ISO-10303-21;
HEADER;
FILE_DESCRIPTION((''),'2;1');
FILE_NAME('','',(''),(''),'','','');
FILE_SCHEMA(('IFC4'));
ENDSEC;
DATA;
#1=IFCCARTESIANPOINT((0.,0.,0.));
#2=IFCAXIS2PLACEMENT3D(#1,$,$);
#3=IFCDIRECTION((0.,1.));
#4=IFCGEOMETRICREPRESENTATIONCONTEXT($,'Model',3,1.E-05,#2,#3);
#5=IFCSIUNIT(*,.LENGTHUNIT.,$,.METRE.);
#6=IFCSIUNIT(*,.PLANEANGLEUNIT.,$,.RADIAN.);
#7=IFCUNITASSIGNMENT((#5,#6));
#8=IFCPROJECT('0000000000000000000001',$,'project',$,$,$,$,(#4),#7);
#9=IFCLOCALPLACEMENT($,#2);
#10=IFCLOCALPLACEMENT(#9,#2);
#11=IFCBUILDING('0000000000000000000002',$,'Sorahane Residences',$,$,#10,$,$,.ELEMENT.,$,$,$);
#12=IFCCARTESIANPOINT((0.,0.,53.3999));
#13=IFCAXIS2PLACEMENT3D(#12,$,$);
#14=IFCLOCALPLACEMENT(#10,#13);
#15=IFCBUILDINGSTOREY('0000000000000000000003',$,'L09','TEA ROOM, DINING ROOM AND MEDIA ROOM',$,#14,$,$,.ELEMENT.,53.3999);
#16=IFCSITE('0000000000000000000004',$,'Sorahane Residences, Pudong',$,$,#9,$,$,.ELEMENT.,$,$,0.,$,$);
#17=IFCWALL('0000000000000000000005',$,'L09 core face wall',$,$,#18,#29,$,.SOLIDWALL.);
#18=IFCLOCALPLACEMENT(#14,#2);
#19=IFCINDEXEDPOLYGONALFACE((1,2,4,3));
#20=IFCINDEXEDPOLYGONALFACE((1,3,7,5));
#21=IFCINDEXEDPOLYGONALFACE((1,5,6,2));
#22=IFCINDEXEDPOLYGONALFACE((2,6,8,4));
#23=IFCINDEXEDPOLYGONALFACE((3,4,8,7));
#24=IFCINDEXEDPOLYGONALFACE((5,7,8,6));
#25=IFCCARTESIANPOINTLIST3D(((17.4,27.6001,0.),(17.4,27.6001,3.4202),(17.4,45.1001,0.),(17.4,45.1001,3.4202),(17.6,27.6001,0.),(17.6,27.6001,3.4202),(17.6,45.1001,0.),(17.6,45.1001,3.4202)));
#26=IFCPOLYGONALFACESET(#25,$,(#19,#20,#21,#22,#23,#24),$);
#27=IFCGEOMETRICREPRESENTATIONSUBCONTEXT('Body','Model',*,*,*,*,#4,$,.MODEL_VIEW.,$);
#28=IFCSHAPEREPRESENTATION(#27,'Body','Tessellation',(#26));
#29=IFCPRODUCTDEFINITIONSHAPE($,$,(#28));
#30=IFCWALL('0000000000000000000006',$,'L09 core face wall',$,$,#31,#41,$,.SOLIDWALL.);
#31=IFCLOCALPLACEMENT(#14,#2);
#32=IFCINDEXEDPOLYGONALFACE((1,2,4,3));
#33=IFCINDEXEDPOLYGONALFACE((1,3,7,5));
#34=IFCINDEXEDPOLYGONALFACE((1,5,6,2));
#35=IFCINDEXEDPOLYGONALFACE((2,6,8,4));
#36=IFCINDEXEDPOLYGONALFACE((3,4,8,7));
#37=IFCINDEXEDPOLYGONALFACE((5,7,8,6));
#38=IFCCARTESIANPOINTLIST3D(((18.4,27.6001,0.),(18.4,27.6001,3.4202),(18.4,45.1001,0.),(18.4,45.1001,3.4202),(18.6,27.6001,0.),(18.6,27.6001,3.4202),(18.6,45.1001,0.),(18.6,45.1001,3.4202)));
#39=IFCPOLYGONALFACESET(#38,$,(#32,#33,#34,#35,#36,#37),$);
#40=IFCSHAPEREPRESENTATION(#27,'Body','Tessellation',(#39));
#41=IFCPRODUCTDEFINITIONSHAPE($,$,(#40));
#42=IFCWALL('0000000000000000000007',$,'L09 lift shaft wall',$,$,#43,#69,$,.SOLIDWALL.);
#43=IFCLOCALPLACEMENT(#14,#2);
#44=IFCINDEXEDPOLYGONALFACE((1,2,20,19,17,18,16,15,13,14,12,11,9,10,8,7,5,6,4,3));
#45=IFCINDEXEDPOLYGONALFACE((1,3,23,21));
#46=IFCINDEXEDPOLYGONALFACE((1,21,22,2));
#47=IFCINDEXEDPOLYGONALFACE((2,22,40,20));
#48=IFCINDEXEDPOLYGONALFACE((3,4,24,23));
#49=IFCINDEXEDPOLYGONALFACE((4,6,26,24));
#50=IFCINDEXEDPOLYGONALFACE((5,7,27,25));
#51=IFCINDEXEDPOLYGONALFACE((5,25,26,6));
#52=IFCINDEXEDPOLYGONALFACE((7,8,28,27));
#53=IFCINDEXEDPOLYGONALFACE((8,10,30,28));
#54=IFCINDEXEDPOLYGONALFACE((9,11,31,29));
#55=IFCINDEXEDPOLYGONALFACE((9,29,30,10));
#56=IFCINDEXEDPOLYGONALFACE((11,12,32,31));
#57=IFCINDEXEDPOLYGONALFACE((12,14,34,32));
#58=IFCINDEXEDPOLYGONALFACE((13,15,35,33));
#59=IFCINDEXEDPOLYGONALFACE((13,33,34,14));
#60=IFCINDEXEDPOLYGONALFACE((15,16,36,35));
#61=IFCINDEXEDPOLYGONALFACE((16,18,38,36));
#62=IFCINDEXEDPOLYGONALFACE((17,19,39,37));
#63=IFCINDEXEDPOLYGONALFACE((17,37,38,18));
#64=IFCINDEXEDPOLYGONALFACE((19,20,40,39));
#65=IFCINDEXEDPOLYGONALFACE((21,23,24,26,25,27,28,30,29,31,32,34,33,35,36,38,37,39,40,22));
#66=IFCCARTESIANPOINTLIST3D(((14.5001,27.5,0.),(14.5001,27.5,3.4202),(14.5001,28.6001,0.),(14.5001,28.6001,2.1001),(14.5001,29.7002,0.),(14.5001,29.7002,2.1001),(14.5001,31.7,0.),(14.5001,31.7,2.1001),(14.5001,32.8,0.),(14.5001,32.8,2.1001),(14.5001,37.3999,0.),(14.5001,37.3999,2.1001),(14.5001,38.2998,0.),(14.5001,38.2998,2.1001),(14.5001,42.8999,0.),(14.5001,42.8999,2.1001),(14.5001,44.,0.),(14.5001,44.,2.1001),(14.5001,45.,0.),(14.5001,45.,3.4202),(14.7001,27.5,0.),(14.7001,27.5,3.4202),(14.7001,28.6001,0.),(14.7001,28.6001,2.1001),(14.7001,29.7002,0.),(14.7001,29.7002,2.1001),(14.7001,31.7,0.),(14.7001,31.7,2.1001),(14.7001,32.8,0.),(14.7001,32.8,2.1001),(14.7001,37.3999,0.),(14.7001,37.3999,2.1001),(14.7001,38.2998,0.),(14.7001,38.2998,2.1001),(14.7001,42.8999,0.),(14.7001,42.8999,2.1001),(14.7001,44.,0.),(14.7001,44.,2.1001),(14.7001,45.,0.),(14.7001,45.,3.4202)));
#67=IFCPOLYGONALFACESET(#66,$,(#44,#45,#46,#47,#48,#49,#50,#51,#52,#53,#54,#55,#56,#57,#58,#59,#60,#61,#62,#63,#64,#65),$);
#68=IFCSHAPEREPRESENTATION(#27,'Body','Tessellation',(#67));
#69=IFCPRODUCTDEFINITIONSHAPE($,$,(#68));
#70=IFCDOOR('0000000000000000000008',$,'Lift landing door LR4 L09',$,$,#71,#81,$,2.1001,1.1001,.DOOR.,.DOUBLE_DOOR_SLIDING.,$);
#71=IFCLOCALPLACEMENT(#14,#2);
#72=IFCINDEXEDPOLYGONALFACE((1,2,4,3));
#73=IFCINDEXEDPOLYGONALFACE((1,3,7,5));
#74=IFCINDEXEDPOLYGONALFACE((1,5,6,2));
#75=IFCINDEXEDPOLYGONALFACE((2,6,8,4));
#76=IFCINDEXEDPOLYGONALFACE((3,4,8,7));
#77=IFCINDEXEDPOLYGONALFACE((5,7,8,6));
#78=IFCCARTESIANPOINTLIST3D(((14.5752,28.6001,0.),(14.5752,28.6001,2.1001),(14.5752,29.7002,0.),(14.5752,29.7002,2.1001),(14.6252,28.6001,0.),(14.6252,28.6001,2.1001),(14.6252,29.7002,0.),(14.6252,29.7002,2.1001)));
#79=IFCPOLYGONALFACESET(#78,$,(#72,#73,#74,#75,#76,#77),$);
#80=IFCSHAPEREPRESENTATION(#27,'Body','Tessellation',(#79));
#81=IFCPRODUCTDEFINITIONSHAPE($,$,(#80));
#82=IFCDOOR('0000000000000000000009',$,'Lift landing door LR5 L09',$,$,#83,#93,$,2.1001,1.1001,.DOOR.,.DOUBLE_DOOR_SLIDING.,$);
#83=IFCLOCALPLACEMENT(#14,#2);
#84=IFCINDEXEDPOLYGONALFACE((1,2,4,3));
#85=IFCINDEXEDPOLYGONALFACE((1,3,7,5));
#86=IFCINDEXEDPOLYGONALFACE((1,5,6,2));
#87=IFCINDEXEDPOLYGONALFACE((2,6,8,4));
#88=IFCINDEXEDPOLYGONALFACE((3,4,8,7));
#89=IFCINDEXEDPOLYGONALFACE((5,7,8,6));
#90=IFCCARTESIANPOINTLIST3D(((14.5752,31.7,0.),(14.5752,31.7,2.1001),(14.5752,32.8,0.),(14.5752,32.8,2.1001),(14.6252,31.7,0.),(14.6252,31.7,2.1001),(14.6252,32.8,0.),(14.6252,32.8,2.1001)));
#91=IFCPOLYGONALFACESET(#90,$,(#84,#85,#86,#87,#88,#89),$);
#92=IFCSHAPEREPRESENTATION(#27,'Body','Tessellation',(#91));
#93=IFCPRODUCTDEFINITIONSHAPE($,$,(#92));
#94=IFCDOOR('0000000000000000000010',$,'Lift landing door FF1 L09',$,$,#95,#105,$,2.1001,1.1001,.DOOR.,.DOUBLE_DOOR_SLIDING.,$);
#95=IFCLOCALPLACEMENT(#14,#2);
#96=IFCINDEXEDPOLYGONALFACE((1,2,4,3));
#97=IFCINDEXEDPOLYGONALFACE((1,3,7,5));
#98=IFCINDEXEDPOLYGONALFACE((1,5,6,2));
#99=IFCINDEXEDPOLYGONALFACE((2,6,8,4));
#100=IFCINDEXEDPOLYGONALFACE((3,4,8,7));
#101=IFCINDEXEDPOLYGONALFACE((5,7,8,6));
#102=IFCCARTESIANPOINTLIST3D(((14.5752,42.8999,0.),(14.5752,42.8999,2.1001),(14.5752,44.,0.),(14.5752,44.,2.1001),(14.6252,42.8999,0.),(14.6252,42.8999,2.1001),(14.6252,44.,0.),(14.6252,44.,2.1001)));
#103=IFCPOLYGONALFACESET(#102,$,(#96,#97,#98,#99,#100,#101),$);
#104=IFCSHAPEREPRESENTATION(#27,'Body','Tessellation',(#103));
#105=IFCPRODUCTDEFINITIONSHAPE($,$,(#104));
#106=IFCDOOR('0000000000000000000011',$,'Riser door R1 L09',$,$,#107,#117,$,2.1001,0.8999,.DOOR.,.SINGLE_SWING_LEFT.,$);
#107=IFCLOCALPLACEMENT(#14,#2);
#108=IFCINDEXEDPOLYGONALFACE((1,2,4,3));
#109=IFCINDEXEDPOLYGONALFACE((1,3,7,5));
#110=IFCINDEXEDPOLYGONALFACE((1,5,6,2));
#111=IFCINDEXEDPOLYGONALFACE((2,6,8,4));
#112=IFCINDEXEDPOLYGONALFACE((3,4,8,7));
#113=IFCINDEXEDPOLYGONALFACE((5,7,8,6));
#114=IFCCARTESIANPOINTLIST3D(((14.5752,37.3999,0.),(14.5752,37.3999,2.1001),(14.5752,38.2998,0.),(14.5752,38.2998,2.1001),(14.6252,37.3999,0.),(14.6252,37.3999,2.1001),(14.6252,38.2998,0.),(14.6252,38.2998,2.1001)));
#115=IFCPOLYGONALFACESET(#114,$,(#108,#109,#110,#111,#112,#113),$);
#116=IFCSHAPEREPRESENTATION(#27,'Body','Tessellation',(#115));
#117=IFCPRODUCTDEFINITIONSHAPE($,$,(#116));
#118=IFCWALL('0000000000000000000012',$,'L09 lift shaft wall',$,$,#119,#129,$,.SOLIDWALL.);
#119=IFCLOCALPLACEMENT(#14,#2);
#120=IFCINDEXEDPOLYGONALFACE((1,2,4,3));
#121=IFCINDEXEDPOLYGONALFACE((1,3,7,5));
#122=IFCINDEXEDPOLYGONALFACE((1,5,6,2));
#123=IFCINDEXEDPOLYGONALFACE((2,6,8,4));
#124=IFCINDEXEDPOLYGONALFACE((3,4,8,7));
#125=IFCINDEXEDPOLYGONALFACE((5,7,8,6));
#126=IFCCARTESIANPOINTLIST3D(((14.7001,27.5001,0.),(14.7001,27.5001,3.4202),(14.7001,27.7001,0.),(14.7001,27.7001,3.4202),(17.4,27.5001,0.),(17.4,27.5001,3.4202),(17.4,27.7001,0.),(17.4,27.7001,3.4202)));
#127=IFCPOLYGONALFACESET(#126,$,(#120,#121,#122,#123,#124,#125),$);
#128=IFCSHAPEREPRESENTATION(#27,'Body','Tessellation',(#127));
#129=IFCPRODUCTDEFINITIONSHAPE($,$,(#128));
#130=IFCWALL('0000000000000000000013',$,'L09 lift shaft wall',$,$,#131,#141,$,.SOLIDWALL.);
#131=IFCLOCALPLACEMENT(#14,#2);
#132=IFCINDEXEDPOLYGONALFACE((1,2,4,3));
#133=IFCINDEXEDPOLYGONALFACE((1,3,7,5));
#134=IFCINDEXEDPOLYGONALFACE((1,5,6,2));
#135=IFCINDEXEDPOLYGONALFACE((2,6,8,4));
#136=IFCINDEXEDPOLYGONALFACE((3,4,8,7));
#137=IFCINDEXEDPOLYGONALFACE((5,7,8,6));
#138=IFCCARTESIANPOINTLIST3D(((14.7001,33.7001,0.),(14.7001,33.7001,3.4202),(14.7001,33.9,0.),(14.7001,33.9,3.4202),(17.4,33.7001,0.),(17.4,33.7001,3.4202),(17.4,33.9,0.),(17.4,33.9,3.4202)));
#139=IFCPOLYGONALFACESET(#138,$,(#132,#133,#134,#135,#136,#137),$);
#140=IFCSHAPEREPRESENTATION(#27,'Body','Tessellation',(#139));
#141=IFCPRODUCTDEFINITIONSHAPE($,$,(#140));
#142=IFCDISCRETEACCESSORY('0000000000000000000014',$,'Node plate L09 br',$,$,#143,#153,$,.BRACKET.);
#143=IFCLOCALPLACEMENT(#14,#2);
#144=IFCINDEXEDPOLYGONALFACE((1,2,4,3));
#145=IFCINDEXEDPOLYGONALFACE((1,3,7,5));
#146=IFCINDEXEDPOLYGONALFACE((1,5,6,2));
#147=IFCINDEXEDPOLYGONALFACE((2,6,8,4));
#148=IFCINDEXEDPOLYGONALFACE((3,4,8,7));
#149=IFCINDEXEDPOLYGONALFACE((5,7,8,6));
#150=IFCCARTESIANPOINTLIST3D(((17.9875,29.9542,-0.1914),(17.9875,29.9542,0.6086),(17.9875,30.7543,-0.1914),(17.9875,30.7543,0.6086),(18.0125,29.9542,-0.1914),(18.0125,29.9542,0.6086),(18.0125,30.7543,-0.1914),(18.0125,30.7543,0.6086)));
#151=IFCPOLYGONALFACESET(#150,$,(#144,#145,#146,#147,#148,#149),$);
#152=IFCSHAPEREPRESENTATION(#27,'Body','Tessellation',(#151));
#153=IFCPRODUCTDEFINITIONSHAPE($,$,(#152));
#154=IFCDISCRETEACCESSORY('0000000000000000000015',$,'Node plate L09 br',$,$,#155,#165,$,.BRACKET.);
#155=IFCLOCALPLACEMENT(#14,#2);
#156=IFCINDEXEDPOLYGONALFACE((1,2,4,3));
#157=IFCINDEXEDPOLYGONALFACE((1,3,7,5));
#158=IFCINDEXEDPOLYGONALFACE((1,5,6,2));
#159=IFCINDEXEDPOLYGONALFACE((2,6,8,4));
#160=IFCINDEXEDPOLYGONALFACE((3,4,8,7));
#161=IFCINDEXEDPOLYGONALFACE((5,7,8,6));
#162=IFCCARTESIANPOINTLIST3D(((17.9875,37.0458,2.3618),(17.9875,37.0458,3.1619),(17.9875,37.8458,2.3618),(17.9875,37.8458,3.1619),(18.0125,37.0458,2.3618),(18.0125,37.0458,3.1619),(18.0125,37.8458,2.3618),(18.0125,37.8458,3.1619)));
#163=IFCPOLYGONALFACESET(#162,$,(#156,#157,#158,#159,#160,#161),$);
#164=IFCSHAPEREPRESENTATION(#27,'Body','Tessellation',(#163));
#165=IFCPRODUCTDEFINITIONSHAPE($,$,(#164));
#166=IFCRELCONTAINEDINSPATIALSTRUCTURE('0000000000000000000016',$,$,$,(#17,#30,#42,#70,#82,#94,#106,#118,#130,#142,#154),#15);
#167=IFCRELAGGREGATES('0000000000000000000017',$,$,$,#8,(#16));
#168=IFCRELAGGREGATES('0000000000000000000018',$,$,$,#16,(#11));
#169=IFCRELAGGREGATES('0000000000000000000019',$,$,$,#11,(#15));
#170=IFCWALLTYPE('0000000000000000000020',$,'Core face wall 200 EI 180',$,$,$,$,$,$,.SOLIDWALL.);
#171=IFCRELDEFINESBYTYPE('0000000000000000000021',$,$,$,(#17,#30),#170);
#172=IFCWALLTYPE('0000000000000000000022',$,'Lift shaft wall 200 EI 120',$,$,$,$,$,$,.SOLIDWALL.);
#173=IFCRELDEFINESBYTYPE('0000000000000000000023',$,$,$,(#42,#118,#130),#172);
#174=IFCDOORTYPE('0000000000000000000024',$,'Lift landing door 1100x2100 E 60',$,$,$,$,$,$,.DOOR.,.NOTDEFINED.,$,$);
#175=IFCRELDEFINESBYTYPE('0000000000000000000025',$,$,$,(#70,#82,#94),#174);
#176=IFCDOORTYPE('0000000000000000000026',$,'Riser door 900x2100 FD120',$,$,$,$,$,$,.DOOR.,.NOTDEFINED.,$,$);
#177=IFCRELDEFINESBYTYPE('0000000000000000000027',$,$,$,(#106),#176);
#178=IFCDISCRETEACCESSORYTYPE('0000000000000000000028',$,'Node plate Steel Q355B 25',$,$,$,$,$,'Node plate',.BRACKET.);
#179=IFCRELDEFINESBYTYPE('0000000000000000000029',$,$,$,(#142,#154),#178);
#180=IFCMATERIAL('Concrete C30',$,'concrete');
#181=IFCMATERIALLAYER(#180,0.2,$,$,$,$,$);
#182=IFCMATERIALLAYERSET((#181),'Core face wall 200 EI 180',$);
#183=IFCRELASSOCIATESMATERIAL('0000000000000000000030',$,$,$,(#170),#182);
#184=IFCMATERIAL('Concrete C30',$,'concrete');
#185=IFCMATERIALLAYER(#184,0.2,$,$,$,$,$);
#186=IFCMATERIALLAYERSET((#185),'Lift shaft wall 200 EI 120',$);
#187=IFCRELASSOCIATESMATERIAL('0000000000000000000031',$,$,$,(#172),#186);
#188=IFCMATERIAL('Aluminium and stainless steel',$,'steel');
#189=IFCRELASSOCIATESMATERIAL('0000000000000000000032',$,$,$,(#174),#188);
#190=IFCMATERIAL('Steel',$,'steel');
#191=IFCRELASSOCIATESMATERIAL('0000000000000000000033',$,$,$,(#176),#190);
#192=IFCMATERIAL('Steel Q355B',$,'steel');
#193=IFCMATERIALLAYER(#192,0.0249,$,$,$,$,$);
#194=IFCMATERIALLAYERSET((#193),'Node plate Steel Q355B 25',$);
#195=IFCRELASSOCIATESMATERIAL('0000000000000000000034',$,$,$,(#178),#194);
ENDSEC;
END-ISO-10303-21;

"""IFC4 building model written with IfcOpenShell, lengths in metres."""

from ifc_helpers import new_model, si_unit, direction, frame, frame_2d, origin, origin_2d, place, context, subcontext, project, spatial, rectangle, extrude, material, layer, layer_set, type_object, element, fill, save


model = new_model("IFC4")

# Units and contexts
model_context = context("Model", 3, precision=1e-05, world=origin(), true_north=direction((0.0, 1.0)))
body_context = subcontext(model_context, "Body", "Model", "MODEL_VIEW")
ifc_project = project(units=[si_unit("LENGTHUNIT", "METRE"), si_unit("PLANEANGLEUNIT", "RADIAN")], contexts=[model_context])

# Site, building, storey
site_placement = place(None, origin())
site = spatial("IfcSite", under=ifc_project, at=site_placement, Name="Sorahane Residences, Pudong", CompositionType="ELEMENT", RefElevation=0.0)
building_placement = place(site_placement, origin())
building = spatial("IfcBuilding", under=site, at=building_placement, Name="Sorahane Residences", CompositionType="ELEMENT")
storey_placement = place(building_placement, frame((0.0, 0.0, 53.3999)))
storey = spatial("IfcBuildingStorey", under=building, at=storey_placement, Name="L09", Description="TEA ROOM, DINING ROOM AND MEDIA ROOM", CompositionType="ELEMENT", Elevation=53.3999)

# Walls
ifc_material_1 = material(Name="Concrete C30", Category="concrete")
ifc_layer_1 = layer(ifc_material_1, 0.2)
ifc_layer_set_1 = layer_set([ifc_layer_1], Name="Core face wall 200 EI 180")
wall_type_1 = type_object("IfcWallType", Name="Core face wall 200 EI 180", PredefinedType="SOLIDWALL", material=ifc_layer_set_1)
for number, where, z_axis, x_axis, name in (
    (1, (17.5, 27.6001, 0.0), (0.0, 0.0, 1.0), (0.0, 1.0, 0.0), "L09 core face wall"),
    (2, (18.5, 27.6001, 0.0), (0.0, 0.0, 1.0), (0.0, 1.0, 0.0), "L09 core face wall"),
):
    element("IfcWall", number, at=place(storey_placement, frame(where, z_axis=z_axis, x_axis=x_axis)), inside=storey, type_object=wall_type_1, Name=name, PredefinedType="SOLIDWALL", context=body_context, shape_type="SweptSolid", body=[
        extrude(rectangle(XDim=17.5, YDim=0.2, at=frame_2d((8.75, 0.0))), origin(), (0.0, 0.0, 1.0), 3.4202),
    ])

# Wall, openings, doors
ifc_material_2 = material(Name="Concrete C30", Category="concrete")
ifc_layer_2 = layer(ifc_material_2, 0.2)
ifc_layer_set_2 = layer_set([ifc_layer_2], Name="Lift shaft wall 200 EI 120")
wall_type_2 = type_object("IfcWallType", Name="Lift shaft wall 200 EI 120", PredefinedType="SOLIDWALL", material=ifc_layer_set_2)
wall_placement = place(storey_placement, frame((14.6001, 27.5, 0.0), z_axis=(0.0, 0.0, 1.0), x_axis=(0.0, 1.0, 0.0)))
wall = element("IfcWall", 3, at=wall_placement, inside=storey, type_object=wall_type_2, Name="L09 lift shaft wall", PredefinedType="SOLIDWALL", context=body_context, shape_type="SweptSolid", body=[
    extrude(rectangle(XDim=17.5, YDim=0.2, at=frame_2d((8.75, 0.0))), origin(), (0.0, 0.0, 1.0), 3.4202),
])
opening_1_placement = place(wall_placement, frame((1.1001, 0.0, 0.0)))
opening_1 = element("IfcOpeningElement", 4, at=opening_1_placement, cuts=wall, PredefinedType="OPENING", context=body_context, shape_type="SweptSolid", body=[
    extrude(rectangle(XDim=1.1001, YDim=2.1001, at=frame_2d((0.55, 1.05))), frame((0.0, 0.1099, 0.0), z_axis=(0.0, -1.0, 0.0), x_axis=(1.0, 0.0, 0.0)), (0.0, 0.0, 1.0), 0.22),
])
opening_2_placement = place(wall_placement, frame((4.2, 0.0, 0.0)))
opening_2 = element("IfcOpeningElement", 5, at=opening_2_placement, cuts=wall, PredefinedType="OPENING", context=body_context, shape_type="SweptSolid", body=[
    extrude(rectangle(XDim=1.1001, YDim=2.1001, at=frame_2d((0.55, 1.05))), frame((0.0, 0.1099, 0.0), z_axis=(0.0, -1.0, 0.0), x_axis=(1.0, 0.0, 0.0)), (0.0, 0.0, 1.0), 0.22),
])
opening_3_placement = place(wall_placement, frame((15.3999, 0.0, 0.0)))
opening_3 = element("IfcOpeningElement", 6, at=opening_3_placement, cuts=wall, PredefinedType="OPENING", context=body_context, shape_type="SweptSolid", body=[
    extrude(rectangle(XDim=1.1001, YDim=2.1001, at=frame_2d((0.55, 1.05))), frame((0.0, 0.1099, 0.0), z_axis=(0.0, -1.0, 0.0), x_axis=(1.0, 0.0, 0.0)), (0.0, 0.0, 1.0), 0.22),
])
opening_4_placement = place(wall_placement, frame((9.8999, 0.0, 0.0)))
opening_4 = element("IfcOpeningElement", 7, at=opening_4_placement, cuts=wall, PredefinedType="OPENING", context=body_context, shape_type="SweptSolid", body=[
    extrude(rectangle(XDim=0.8999, YDim=2.1001, at=frame_2d((0.45, 1.05))), frame((0.0, 0.1099, 0.0), z_axis=(0.0, -1.0, 0.0), x_axis=(1.0, 0.0, 0.0)), (0.0, 0.0, 1.0), 0.22),
])
ifc_material_3 = material(Name="Aluminium and stainless steel", Category="steel")
door_type_1 = type_object("IfcDoorType", Name="Lift landing door 1100x2100 E 60", OperationType="NOTDEFINED", PredefinedType="DOOR", material=ifc_material_3)
door_1_placement = place(opening_1_placement, origin())
door_1 = element("IfcDoor", 8, at=door_1_placement, inside=storey, type_object=door_type_1, Name="Lift landing door LR4 L09", OperationType="DOUBLE_DOOR_SLIDING", OverallHeight=2.1001, OverallWidth=1.1001, PredefinedType="DOOR", context=body_context, shape_type="SweptSolid", body=[
    extrude(rectangle(XDim=1.1001, YDim=2.1001, at=frame_2d((0.55, 1.05))), frame((0.0, 0.0249, 0.0), z_axis=(0.0, -1.0, 0.0), x_axis=(1.0, 0.0, 0.0)), (0.0, 0.0, 1.0), 0.05),
])
fill(opening_1, door_1)
door_2_placement = place(opening_2_placement, origin())
door_2 = element("IfcDoor", 9, at=door_2_placement, inside=storey, type_object=door_type_1, Name="Lift landing door LR5 L09", OperationType="DOUBLE_DOOR_SLIDING", OverallHeight=2.1001, OverallWidth=1.1001, PredefinedType="DOOR", context=body_context, shape_type="SweptSolid", body=[
    extrude(rectangle(XDim=1.1001, YDim=2.1001, at=frame_2d((0.55, 1.05))), frame((0.0, 0.0249, 0.0), z_axis=(0.0, -1.0, 0.0), x_axis=(1.0, 0.0, 0.0)), (0.0, 0.0, 1.0), 0.05),
])
fill(opening_2, door_2)
door_3_placement = place(opening_3_placement, origin())
door_3 = element("IfcDoor", 10, at=door_3_placement, inside=storey, type_object=door_type_1, Name="Lift landing door FF1 L09", OperationType="DOUBLE_DOOR_SLIDING", OverallHeight=2.1001, OverallWidth=1.1001, PredefinedType="DOOR", context=body_context, shape_type="SweptSolid", body=[
    extrude(rectangle(XDim=1.1001, YDim=2.1001, at=frame_2d((0.55, 1.05))), frame((0.0, 0.0249, 0.0), z_axis=(0.0, -1.0, 0.0), x_axis=(1.0, 0.0, 0.0)), (0.0, 0.0, 1.0), 0.05),
])
fill(opening_3, door_3)
ifc_material_4 = material(Name="Steel", Category="steel")
door_type_2 = type_object("IfcDoorType", Name="Riser door 900x2100 FD120", OperationType="NOTDEFINED", PredefinedType="DOOR", material=ifc_material_4)
door_4_placement = place(opening_4_placement, origin())
door_4 = element("IfcDoor", 11, at=door_4_placement, inside=storey, type_object=door_type_2, Name="Riser door R1 L09", OperationType="SINGLE_SWING_LEFT", OverallHeight=2.1001, OverallWidth=0.8999, PredefinedType="DOOR", context=body_context, shape_type="SweptSolid", body=[
    extrude(rectangle(XDim=0.8999, YDim=2.1001, at=frame_2d((0.45, 1.05))), frame((0.0, 0.0249, 0.0), z_axis=(0.0, -1.0, 0.0), x_axis=(1.0, 0.0, 0.0)), (0.0, 0.0, 1.0), 0.05),
])
fill(opening_4, door_4)

# Walls
for number, where, z_axis, x_axis, name in (
    (12, (14.7, 27.6001, 0.0), (0.0, 0.0, 1.0), (1.0, 0.0, 0.0), "L09 lift shaft wall"),
    (13, (14.7, 33.8, 0.0), (0.0, 0.0, 1.0), (1.0, 0.0, 0.0), "L09 lift shaft wall"),
):
    element("IfcWall", number, at=place(storey_placement, frame(where, z_axis=z_axis, x_axis=x_axis)), inside=storey, type_object=wall_type_2, Name=name, PredefinedType="SOLIDWALL", context=body_context, shape_type="SweptSolid", body=[
        extrude(rectangle(XDim=2.7, YDim=0.2, at=frame_2d((1.3501, 0.0))), origin(), (0.0, 0.0, 1.0), 3.4202),
    ])

# Discrete accessories
ifc_material_5 = material(Name="Steel Q355B", Category="steel")
ifc_layer_3 = layer(ifc_material_5, 0.0249)
ifc_layer_set_3 = layer_set([ifc_layer_3], Name="Node plate Steel Q355B 25")
discrete_accessory_type = type_object("IfcDiscreteAccessoryType", Name="Node plate Steel Q355B 25", ElementType="Node plate", PredefinedType="BRACKET", material=ifc_layer_set_3)
for number, where, z_axis, x_axis, name in (
    (14, (18.0, 30.3542, -0.1914), (0.0, 0.0, 1.0), (0.0, 1.0, 0.0), "Node plate L09 br"),
    (15, (18.0, 37.4458, 2.3618), (0.0, 0.0, 1.0), (0.0, 1.0, 0.0), "Node plate L09 br"),
):
    element("IfcDiscreteAccessory", number, at=place(storey_placement, frame(where, z_axis=z_axis, x_axis=x_axis)), inside=storey, type_object=discrete_accessory_type, Name=name, PredefinedType="BRACKET", context=body_context, shape_type="SweptSolid", body=[
        extrude(rectangle(XDim=0.8, YDim=0.0249, at=origin_2d()), origin(), (0.0, 0.0, 1.0), 0.8),
    ])

save(model, "model.ifc")
